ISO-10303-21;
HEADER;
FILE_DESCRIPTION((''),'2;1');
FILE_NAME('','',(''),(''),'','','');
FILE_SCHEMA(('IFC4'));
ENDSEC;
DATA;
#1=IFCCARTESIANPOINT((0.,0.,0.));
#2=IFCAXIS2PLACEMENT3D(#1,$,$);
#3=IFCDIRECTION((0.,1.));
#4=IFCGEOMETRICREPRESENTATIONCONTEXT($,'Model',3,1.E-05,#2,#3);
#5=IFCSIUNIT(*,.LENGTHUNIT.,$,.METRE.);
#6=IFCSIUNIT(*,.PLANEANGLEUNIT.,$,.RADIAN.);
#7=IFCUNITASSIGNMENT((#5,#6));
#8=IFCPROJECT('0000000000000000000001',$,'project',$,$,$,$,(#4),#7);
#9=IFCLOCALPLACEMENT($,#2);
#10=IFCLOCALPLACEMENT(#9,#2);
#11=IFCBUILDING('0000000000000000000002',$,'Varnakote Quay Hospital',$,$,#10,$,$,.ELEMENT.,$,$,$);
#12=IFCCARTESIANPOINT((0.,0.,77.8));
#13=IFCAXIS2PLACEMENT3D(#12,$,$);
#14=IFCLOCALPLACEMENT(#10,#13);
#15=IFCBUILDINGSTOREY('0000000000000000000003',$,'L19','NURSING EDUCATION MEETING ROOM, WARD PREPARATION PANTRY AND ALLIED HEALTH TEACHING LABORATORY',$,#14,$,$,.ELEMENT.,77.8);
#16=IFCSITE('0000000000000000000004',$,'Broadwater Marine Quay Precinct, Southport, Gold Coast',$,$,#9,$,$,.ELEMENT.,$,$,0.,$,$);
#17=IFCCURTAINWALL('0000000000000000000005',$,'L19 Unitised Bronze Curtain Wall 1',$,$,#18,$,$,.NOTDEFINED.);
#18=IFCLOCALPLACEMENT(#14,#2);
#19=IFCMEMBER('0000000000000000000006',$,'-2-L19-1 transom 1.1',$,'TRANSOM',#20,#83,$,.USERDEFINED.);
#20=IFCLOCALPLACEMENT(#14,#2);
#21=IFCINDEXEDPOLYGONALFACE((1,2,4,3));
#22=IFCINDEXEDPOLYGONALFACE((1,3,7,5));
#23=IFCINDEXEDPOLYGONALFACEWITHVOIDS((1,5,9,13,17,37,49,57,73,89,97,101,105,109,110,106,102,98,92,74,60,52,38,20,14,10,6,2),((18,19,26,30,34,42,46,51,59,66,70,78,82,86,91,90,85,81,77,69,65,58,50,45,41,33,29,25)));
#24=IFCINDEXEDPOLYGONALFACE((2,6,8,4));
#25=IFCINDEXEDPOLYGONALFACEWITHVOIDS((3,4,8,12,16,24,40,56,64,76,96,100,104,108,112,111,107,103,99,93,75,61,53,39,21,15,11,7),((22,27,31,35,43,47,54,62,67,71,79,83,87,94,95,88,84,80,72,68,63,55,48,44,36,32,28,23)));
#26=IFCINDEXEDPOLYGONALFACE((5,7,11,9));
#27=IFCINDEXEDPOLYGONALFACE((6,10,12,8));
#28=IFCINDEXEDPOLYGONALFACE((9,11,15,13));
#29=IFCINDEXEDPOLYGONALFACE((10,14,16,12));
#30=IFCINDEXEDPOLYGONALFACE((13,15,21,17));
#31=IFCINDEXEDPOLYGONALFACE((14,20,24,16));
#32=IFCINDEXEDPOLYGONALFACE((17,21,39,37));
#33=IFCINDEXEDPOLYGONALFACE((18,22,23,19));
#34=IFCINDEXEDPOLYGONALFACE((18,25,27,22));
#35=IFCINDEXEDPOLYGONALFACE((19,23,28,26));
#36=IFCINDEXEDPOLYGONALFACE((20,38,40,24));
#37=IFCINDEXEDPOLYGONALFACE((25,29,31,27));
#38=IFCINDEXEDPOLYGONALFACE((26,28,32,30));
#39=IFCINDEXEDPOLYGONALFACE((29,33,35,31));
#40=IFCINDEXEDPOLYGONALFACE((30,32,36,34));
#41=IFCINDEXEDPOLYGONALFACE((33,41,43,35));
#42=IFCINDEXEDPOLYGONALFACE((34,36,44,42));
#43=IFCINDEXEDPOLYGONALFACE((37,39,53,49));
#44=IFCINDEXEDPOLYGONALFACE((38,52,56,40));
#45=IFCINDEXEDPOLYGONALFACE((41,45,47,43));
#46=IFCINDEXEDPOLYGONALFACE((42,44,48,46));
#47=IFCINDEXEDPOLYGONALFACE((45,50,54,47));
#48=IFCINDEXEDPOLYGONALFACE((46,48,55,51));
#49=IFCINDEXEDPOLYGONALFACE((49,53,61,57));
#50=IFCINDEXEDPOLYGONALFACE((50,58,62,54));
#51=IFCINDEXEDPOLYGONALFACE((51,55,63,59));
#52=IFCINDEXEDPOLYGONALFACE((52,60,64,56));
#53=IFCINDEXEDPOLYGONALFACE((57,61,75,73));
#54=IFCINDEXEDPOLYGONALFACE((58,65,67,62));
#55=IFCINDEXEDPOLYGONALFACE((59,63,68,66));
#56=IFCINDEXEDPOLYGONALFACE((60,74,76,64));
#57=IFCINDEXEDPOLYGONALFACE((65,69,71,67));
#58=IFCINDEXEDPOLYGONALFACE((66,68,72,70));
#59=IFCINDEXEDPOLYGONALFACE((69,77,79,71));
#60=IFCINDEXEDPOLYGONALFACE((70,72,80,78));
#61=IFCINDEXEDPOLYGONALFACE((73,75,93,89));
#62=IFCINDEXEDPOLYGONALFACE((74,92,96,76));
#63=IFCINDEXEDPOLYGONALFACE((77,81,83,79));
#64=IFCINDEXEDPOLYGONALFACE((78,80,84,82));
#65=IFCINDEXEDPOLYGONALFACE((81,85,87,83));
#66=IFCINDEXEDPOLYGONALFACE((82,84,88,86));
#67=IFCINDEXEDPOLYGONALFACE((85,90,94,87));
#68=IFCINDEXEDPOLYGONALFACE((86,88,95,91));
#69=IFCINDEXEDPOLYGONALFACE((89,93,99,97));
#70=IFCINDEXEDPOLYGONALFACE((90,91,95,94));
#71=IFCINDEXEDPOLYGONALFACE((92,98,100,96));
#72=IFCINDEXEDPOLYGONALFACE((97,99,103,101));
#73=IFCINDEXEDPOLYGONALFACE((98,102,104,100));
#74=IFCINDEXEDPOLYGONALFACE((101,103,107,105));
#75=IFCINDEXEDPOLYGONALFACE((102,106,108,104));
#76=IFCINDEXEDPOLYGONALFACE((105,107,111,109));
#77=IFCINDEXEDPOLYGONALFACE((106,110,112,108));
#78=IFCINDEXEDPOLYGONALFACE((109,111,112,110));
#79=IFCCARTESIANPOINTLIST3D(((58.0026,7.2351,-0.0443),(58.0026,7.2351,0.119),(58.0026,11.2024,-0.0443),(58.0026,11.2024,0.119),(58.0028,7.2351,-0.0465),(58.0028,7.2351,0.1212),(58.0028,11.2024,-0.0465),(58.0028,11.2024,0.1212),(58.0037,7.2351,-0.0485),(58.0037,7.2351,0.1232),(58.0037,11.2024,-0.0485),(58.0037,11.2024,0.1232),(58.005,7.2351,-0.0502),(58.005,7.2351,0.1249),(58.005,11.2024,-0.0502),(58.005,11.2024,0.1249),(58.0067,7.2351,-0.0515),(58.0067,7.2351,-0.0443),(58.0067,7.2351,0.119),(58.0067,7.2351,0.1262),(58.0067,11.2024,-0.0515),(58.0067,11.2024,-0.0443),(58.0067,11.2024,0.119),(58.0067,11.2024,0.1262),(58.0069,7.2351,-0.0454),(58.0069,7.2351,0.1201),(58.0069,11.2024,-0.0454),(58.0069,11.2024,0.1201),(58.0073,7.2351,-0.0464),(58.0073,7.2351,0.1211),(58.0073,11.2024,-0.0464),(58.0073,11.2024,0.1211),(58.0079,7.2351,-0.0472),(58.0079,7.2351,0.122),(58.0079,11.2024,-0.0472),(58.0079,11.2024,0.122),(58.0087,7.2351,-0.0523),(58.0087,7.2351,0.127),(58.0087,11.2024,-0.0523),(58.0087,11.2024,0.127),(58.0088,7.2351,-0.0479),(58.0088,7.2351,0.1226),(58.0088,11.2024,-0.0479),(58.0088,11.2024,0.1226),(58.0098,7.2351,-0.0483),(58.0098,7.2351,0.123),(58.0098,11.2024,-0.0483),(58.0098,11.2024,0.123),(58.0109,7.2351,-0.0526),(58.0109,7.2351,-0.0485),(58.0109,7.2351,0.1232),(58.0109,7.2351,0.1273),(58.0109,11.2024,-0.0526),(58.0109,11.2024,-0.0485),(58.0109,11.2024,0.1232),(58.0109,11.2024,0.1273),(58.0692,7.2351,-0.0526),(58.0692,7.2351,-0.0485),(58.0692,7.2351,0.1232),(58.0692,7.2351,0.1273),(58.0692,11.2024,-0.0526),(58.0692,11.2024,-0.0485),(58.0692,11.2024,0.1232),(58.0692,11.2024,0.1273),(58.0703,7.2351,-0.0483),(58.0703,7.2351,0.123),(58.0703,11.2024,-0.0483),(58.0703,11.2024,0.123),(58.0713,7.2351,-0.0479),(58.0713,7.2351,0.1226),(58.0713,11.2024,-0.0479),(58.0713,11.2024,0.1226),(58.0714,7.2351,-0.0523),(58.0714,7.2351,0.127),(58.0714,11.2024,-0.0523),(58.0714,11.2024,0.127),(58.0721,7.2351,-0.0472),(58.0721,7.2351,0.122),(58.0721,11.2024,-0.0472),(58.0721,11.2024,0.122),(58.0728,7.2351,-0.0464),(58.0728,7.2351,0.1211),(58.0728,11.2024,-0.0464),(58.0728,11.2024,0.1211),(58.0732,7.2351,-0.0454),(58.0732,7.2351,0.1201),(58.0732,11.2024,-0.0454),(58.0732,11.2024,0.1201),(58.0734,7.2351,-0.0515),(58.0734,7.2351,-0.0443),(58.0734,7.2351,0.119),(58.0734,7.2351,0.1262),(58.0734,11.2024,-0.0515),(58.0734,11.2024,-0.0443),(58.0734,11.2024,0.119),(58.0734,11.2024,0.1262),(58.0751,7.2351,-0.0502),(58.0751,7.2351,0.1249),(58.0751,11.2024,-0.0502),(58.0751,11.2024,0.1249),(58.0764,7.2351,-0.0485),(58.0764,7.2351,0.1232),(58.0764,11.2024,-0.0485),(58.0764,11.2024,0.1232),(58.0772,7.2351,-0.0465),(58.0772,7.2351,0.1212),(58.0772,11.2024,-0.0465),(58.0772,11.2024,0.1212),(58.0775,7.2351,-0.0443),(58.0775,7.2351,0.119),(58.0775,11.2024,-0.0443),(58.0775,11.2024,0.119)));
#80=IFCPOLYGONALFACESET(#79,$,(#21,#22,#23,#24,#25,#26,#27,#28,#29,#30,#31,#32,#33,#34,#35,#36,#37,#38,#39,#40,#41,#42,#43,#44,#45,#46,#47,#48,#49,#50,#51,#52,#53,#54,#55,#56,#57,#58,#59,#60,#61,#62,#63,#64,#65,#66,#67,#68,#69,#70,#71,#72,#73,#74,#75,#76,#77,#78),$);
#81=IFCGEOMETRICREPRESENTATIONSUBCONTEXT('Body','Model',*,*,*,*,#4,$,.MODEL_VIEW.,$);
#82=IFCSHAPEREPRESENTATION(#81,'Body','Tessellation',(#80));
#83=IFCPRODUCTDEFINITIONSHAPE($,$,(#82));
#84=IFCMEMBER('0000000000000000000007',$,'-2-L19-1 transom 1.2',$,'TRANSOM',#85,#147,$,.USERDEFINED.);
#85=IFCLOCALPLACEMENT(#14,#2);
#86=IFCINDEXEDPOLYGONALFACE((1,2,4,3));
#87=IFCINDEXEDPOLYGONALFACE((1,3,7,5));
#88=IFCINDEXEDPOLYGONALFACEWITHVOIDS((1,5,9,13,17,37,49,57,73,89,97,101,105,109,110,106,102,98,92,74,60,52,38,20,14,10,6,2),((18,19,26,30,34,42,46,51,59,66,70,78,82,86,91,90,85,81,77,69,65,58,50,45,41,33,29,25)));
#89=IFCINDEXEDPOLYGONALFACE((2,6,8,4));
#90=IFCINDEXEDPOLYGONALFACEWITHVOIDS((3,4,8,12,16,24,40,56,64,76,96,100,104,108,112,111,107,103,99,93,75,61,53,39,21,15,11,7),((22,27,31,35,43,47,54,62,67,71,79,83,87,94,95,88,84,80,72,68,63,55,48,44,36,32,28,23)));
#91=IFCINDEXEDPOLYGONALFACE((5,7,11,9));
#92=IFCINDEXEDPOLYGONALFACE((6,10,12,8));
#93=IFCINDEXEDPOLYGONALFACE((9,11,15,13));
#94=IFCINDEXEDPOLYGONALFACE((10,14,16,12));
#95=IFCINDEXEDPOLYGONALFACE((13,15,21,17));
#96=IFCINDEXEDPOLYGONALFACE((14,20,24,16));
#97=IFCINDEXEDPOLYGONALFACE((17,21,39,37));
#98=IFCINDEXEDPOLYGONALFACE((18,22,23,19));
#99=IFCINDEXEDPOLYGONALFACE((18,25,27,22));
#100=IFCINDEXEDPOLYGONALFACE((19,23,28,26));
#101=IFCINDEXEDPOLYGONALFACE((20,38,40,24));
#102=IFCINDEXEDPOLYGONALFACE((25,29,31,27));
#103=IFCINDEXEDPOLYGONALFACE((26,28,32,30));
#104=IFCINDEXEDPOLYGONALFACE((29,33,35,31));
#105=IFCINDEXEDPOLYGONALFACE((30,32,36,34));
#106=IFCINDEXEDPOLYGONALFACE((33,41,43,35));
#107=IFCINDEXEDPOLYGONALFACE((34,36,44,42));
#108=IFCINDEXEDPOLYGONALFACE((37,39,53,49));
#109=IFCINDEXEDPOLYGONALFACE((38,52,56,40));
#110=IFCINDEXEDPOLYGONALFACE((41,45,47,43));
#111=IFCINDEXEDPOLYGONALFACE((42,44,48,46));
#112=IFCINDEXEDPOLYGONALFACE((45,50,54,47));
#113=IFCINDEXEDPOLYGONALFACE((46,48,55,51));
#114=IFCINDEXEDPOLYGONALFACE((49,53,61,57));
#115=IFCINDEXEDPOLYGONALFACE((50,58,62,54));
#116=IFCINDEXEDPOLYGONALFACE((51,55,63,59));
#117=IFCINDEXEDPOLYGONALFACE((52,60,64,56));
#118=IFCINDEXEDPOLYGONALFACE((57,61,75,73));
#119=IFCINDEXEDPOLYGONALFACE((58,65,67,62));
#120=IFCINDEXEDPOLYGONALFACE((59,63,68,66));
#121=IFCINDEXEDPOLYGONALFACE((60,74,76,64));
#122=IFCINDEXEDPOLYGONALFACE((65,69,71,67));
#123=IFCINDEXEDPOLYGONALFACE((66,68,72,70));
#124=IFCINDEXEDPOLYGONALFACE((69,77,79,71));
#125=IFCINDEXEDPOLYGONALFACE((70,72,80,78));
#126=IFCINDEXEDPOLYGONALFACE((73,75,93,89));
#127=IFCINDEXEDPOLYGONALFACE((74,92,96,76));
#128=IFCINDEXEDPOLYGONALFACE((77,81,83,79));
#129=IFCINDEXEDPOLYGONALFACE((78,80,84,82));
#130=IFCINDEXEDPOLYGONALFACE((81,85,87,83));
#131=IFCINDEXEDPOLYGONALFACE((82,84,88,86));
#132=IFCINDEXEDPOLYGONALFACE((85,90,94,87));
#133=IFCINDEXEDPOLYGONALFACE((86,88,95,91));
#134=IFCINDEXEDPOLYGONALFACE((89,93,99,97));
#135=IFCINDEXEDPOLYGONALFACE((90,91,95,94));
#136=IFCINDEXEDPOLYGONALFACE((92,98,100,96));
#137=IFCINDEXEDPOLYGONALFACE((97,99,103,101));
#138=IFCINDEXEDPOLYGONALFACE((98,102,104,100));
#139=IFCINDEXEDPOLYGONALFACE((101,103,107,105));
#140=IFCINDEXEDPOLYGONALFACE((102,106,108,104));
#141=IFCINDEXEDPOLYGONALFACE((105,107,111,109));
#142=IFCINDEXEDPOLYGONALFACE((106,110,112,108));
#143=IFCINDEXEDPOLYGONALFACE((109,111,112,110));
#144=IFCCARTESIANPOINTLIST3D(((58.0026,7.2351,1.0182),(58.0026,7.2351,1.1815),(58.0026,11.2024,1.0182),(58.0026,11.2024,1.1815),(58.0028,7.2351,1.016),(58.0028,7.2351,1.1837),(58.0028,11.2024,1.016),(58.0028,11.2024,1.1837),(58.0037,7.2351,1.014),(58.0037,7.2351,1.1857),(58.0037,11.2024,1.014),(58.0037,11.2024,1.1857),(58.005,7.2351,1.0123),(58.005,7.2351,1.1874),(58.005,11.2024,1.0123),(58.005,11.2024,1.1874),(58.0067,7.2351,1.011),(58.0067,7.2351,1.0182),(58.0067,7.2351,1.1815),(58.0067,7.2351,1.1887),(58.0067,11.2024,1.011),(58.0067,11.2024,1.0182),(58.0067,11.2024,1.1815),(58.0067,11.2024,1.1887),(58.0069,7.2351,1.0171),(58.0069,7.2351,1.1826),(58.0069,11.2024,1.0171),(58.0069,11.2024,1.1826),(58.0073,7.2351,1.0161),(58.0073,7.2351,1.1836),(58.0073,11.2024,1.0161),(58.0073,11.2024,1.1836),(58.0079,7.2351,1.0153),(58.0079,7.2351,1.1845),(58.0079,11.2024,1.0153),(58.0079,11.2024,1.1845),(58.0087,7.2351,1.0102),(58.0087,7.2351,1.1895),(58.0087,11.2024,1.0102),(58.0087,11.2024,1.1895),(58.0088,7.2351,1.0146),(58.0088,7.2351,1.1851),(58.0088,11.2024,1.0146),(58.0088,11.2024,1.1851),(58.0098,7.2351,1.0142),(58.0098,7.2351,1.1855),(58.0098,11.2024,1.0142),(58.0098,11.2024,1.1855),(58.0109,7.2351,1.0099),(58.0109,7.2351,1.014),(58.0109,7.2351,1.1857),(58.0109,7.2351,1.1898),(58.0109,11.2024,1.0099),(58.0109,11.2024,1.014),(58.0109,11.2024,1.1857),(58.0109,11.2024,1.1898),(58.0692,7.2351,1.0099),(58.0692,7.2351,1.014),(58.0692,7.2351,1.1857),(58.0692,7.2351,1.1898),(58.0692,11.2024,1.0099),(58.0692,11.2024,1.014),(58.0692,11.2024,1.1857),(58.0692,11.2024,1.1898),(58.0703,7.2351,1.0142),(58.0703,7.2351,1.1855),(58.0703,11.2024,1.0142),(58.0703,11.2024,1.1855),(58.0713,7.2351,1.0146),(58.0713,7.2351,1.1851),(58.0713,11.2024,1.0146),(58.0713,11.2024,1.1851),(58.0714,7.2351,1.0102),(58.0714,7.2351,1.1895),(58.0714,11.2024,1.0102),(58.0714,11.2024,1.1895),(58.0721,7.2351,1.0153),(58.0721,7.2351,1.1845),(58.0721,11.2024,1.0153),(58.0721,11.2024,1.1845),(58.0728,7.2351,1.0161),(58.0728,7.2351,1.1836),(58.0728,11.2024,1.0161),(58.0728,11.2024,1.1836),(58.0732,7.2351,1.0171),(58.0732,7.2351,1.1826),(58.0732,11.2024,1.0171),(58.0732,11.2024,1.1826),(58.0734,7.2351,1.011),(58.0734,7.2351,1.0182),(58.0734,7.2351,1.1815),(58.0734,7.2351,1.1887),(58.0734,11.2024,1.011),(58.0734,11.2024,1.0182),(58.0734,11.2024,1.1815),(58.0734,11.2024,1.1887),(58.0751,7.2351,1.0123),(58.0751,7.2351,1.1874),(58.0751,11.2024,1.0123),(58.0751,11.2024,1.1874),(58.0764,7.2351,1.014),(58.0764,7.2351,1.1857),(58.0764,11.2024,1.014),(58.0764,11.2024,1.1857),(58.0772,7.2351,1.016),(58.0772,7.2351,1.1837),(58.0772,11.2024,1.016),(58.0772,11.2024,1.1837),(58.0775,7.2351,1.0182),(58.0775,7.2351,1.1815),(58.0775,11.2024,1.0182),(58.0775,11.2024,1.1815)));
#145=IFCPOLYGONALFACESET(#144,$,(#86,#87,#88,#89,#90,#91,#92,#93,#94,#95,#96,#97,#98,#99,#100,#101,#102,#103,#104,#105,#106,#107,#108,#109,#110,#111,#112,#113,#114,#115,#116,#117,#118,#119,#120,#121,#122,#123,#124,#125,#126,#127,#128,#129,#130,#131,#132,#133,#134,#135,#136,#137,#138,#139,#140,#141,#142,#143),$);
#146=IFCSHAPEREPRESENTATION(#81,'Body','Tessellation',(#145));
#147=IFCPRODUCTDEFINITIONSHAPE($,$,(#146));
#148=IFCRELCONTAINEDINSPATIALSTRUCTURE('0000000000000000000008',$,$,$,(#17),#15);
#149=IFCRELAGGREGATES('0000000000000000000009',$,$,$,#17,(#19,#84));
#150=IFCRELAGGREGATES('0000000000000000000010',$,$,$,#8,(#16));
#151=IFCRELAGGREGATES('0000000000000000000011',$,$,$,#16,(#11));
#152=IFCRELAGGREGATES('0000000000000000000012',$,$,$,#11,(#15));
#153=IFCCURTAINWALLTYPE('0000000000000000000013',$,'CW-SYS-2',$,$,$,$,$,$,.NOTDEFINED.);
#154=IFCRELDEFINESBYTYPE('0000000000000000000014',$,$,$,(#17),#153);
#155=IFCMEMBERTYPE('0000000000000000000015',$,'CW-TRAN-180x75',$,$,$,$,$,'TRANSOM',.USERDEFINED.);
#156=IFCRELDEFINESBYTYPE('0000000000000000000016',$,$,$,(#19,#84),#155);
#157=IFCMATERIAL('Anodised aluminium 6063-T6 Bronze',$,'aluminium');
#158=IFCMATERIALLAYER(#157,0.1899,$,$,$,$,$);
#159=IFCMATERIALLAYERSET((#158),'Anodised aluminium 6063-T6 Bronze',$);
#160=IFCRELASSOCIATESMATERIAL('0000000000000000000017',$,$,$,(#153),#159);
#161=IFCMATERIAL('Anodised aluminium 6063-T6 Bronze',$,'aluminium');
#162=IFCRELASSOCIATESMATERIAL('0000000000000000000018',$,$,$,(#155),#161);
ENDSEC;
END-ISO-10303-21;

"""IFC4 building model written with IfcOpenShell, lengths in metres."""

from ifc_helpers import new_model, si_unit, direction, frame, origin, origin_2d, place, context, subcontext, project, spatial, hollow_rectangle, extrude, material, layer, layer_set, material_profile, profile_set, type_object, element, aggregate, save


model = new_model("IFC4")

# Units and contexts
model_context = context("Model", 3, precision=1e-05, world=origin(), true_north=direction((0.0, 1.0)))
body_context = subcontext(model_context, "Body", "Model", "MODEL_VIEW")
ifc_project = project(units=[si_unit("LENGTHUNIT", "METRE"), si_unit("PLANEANGLEUNIT", "RADIAN")], contexts=[model_context])

# Site, building, storey
site_placement = place(None, origin())
site = spatial("IfcSite", under=ifc_project, at=site_placement, Name="Broadwater Marine Quay Precinct, Southport, Gold Coast", CompositionType="ELEMENT", RefElevation=0.0)
building_placement = place(site_placement, origin())
building = spatial("IfcBuilding", under=site, at=building_placement, Name="Varnakote Quay Hospital", CompositionType="ELEMENT")
storey_placement = place(building_placement, frame((0.0, 0.0, 77.8)))
storey = spatial("IfcBuildingStorey", under=building, at=storey_placement, Name="L19", Description="NURSING EDUCATION MEETING ROOM, WARD PREPARATION PANTRY AND ALLIED HEALTH TEACHING LABORATORY", CompositionType="ELEMENT", Elevation=77.8)

# Curtain wall, members
ifc_material_1 = material(Name="Anodised aluminium 6063-T6 Bronze", Category="aluminium")
ifc_layer_1 = layer(ifc_material_1, 0.1899)
ifc_layer_set_1 = layer_set([ifc_layer_1], Name="Anodised aluminium 6063-T6 Bronze")
curtain_wall_type = type_object("IfcCurtainWallType", Name="CW-SYS-2", PredefinedType="NOTDEFINED", material=ifc_layer_set_1)
curtain_wall_placement = place(storey_placement, origin())
curtain_wall = element("IfcCurtainWall", 1, at=curtain_wall_placement, inside=storey, type_object=curtain_wall_type, Name="L19 Unitised Bronze Curtain Wall 1", PredefinedType="NOTDEFINED")
ifc_material_2 = material(Name="Anodised aluminium 6063-T6 Bronze", Category="aluminium")
ifc_material_profile_1 = material_profile(ifc_material_2, hollow_rectangle(XDim=0.075, YDim=0.1799, WallThickness=0.0042, InnerFilletRadius=0.0042, OuterFilletRadius=0.0083, at=origin_2d()), Name="CW-TRAN-180x75")
ifc_profile_set_1 = profile_set([ifc_material_profile_1], Name="Anodised aluminium 6063-T6 Bronze")
member_type_1 = type_object("IfcMemberType", Name="CW-TRAN-180x75", ElementType="TRANSOM", PredefinedType="USERDEFINED", material=ifc_profile_set_1)
member_1_placement = place(storey_placement, frame((58.04, 7.2351, 0.0374), z_axis=(0.0, 1.0, 0.0), x_axis=(-1.0, 0.0, 0.0)))
member_1 = element("IfcMember", 2, at=member_1_placement, type_object=member_type_1, Name="-2-L19-1 transom 1.1", ObjectType="TRANSOM", PredefinedType="USERDEFINED", context=body_context, shape_type="SweptSolid", body=[
    extrude(hollow_rectangle(XDim=0.075, YDim=0.1799, WallThickness=0.0042, InnerFilletRadius=0.0042, OuterFilletRadius=0.0083, at=origin_2d()), origin(), (0.0, 0.0, 1.0), 3.9673),
])
member_2_placement = place(storey_placement, frame((58.04, 7.2351, 1.0999), z_axis=(0.0, 1.0, 0.0), x_axis=(-1.0, 0.0, 0.0)))
member_2 = element("IfcMember", 3, at=member_2_placement, type_object=member_type_1, Name="-2-L19-1 transom 1.2", ObjectType="TRANSOM", PredefinedType="USERDEFINED", context=body_context, shape_type="SweptSolid", body=[
    extrude(hollow_rectangle(XDim=0.075, YDim=0.1799, WallThickness=0.0042, InnerFilletRadius=0.0042, OuterFilletRadius=0.0083, at=origin_2d()), origin(), (0.0, 0.0, 1.0), 3.9673),
])
aggregate(curtain_wall, [member_1, member_2])

save(model, "model.ifc")
